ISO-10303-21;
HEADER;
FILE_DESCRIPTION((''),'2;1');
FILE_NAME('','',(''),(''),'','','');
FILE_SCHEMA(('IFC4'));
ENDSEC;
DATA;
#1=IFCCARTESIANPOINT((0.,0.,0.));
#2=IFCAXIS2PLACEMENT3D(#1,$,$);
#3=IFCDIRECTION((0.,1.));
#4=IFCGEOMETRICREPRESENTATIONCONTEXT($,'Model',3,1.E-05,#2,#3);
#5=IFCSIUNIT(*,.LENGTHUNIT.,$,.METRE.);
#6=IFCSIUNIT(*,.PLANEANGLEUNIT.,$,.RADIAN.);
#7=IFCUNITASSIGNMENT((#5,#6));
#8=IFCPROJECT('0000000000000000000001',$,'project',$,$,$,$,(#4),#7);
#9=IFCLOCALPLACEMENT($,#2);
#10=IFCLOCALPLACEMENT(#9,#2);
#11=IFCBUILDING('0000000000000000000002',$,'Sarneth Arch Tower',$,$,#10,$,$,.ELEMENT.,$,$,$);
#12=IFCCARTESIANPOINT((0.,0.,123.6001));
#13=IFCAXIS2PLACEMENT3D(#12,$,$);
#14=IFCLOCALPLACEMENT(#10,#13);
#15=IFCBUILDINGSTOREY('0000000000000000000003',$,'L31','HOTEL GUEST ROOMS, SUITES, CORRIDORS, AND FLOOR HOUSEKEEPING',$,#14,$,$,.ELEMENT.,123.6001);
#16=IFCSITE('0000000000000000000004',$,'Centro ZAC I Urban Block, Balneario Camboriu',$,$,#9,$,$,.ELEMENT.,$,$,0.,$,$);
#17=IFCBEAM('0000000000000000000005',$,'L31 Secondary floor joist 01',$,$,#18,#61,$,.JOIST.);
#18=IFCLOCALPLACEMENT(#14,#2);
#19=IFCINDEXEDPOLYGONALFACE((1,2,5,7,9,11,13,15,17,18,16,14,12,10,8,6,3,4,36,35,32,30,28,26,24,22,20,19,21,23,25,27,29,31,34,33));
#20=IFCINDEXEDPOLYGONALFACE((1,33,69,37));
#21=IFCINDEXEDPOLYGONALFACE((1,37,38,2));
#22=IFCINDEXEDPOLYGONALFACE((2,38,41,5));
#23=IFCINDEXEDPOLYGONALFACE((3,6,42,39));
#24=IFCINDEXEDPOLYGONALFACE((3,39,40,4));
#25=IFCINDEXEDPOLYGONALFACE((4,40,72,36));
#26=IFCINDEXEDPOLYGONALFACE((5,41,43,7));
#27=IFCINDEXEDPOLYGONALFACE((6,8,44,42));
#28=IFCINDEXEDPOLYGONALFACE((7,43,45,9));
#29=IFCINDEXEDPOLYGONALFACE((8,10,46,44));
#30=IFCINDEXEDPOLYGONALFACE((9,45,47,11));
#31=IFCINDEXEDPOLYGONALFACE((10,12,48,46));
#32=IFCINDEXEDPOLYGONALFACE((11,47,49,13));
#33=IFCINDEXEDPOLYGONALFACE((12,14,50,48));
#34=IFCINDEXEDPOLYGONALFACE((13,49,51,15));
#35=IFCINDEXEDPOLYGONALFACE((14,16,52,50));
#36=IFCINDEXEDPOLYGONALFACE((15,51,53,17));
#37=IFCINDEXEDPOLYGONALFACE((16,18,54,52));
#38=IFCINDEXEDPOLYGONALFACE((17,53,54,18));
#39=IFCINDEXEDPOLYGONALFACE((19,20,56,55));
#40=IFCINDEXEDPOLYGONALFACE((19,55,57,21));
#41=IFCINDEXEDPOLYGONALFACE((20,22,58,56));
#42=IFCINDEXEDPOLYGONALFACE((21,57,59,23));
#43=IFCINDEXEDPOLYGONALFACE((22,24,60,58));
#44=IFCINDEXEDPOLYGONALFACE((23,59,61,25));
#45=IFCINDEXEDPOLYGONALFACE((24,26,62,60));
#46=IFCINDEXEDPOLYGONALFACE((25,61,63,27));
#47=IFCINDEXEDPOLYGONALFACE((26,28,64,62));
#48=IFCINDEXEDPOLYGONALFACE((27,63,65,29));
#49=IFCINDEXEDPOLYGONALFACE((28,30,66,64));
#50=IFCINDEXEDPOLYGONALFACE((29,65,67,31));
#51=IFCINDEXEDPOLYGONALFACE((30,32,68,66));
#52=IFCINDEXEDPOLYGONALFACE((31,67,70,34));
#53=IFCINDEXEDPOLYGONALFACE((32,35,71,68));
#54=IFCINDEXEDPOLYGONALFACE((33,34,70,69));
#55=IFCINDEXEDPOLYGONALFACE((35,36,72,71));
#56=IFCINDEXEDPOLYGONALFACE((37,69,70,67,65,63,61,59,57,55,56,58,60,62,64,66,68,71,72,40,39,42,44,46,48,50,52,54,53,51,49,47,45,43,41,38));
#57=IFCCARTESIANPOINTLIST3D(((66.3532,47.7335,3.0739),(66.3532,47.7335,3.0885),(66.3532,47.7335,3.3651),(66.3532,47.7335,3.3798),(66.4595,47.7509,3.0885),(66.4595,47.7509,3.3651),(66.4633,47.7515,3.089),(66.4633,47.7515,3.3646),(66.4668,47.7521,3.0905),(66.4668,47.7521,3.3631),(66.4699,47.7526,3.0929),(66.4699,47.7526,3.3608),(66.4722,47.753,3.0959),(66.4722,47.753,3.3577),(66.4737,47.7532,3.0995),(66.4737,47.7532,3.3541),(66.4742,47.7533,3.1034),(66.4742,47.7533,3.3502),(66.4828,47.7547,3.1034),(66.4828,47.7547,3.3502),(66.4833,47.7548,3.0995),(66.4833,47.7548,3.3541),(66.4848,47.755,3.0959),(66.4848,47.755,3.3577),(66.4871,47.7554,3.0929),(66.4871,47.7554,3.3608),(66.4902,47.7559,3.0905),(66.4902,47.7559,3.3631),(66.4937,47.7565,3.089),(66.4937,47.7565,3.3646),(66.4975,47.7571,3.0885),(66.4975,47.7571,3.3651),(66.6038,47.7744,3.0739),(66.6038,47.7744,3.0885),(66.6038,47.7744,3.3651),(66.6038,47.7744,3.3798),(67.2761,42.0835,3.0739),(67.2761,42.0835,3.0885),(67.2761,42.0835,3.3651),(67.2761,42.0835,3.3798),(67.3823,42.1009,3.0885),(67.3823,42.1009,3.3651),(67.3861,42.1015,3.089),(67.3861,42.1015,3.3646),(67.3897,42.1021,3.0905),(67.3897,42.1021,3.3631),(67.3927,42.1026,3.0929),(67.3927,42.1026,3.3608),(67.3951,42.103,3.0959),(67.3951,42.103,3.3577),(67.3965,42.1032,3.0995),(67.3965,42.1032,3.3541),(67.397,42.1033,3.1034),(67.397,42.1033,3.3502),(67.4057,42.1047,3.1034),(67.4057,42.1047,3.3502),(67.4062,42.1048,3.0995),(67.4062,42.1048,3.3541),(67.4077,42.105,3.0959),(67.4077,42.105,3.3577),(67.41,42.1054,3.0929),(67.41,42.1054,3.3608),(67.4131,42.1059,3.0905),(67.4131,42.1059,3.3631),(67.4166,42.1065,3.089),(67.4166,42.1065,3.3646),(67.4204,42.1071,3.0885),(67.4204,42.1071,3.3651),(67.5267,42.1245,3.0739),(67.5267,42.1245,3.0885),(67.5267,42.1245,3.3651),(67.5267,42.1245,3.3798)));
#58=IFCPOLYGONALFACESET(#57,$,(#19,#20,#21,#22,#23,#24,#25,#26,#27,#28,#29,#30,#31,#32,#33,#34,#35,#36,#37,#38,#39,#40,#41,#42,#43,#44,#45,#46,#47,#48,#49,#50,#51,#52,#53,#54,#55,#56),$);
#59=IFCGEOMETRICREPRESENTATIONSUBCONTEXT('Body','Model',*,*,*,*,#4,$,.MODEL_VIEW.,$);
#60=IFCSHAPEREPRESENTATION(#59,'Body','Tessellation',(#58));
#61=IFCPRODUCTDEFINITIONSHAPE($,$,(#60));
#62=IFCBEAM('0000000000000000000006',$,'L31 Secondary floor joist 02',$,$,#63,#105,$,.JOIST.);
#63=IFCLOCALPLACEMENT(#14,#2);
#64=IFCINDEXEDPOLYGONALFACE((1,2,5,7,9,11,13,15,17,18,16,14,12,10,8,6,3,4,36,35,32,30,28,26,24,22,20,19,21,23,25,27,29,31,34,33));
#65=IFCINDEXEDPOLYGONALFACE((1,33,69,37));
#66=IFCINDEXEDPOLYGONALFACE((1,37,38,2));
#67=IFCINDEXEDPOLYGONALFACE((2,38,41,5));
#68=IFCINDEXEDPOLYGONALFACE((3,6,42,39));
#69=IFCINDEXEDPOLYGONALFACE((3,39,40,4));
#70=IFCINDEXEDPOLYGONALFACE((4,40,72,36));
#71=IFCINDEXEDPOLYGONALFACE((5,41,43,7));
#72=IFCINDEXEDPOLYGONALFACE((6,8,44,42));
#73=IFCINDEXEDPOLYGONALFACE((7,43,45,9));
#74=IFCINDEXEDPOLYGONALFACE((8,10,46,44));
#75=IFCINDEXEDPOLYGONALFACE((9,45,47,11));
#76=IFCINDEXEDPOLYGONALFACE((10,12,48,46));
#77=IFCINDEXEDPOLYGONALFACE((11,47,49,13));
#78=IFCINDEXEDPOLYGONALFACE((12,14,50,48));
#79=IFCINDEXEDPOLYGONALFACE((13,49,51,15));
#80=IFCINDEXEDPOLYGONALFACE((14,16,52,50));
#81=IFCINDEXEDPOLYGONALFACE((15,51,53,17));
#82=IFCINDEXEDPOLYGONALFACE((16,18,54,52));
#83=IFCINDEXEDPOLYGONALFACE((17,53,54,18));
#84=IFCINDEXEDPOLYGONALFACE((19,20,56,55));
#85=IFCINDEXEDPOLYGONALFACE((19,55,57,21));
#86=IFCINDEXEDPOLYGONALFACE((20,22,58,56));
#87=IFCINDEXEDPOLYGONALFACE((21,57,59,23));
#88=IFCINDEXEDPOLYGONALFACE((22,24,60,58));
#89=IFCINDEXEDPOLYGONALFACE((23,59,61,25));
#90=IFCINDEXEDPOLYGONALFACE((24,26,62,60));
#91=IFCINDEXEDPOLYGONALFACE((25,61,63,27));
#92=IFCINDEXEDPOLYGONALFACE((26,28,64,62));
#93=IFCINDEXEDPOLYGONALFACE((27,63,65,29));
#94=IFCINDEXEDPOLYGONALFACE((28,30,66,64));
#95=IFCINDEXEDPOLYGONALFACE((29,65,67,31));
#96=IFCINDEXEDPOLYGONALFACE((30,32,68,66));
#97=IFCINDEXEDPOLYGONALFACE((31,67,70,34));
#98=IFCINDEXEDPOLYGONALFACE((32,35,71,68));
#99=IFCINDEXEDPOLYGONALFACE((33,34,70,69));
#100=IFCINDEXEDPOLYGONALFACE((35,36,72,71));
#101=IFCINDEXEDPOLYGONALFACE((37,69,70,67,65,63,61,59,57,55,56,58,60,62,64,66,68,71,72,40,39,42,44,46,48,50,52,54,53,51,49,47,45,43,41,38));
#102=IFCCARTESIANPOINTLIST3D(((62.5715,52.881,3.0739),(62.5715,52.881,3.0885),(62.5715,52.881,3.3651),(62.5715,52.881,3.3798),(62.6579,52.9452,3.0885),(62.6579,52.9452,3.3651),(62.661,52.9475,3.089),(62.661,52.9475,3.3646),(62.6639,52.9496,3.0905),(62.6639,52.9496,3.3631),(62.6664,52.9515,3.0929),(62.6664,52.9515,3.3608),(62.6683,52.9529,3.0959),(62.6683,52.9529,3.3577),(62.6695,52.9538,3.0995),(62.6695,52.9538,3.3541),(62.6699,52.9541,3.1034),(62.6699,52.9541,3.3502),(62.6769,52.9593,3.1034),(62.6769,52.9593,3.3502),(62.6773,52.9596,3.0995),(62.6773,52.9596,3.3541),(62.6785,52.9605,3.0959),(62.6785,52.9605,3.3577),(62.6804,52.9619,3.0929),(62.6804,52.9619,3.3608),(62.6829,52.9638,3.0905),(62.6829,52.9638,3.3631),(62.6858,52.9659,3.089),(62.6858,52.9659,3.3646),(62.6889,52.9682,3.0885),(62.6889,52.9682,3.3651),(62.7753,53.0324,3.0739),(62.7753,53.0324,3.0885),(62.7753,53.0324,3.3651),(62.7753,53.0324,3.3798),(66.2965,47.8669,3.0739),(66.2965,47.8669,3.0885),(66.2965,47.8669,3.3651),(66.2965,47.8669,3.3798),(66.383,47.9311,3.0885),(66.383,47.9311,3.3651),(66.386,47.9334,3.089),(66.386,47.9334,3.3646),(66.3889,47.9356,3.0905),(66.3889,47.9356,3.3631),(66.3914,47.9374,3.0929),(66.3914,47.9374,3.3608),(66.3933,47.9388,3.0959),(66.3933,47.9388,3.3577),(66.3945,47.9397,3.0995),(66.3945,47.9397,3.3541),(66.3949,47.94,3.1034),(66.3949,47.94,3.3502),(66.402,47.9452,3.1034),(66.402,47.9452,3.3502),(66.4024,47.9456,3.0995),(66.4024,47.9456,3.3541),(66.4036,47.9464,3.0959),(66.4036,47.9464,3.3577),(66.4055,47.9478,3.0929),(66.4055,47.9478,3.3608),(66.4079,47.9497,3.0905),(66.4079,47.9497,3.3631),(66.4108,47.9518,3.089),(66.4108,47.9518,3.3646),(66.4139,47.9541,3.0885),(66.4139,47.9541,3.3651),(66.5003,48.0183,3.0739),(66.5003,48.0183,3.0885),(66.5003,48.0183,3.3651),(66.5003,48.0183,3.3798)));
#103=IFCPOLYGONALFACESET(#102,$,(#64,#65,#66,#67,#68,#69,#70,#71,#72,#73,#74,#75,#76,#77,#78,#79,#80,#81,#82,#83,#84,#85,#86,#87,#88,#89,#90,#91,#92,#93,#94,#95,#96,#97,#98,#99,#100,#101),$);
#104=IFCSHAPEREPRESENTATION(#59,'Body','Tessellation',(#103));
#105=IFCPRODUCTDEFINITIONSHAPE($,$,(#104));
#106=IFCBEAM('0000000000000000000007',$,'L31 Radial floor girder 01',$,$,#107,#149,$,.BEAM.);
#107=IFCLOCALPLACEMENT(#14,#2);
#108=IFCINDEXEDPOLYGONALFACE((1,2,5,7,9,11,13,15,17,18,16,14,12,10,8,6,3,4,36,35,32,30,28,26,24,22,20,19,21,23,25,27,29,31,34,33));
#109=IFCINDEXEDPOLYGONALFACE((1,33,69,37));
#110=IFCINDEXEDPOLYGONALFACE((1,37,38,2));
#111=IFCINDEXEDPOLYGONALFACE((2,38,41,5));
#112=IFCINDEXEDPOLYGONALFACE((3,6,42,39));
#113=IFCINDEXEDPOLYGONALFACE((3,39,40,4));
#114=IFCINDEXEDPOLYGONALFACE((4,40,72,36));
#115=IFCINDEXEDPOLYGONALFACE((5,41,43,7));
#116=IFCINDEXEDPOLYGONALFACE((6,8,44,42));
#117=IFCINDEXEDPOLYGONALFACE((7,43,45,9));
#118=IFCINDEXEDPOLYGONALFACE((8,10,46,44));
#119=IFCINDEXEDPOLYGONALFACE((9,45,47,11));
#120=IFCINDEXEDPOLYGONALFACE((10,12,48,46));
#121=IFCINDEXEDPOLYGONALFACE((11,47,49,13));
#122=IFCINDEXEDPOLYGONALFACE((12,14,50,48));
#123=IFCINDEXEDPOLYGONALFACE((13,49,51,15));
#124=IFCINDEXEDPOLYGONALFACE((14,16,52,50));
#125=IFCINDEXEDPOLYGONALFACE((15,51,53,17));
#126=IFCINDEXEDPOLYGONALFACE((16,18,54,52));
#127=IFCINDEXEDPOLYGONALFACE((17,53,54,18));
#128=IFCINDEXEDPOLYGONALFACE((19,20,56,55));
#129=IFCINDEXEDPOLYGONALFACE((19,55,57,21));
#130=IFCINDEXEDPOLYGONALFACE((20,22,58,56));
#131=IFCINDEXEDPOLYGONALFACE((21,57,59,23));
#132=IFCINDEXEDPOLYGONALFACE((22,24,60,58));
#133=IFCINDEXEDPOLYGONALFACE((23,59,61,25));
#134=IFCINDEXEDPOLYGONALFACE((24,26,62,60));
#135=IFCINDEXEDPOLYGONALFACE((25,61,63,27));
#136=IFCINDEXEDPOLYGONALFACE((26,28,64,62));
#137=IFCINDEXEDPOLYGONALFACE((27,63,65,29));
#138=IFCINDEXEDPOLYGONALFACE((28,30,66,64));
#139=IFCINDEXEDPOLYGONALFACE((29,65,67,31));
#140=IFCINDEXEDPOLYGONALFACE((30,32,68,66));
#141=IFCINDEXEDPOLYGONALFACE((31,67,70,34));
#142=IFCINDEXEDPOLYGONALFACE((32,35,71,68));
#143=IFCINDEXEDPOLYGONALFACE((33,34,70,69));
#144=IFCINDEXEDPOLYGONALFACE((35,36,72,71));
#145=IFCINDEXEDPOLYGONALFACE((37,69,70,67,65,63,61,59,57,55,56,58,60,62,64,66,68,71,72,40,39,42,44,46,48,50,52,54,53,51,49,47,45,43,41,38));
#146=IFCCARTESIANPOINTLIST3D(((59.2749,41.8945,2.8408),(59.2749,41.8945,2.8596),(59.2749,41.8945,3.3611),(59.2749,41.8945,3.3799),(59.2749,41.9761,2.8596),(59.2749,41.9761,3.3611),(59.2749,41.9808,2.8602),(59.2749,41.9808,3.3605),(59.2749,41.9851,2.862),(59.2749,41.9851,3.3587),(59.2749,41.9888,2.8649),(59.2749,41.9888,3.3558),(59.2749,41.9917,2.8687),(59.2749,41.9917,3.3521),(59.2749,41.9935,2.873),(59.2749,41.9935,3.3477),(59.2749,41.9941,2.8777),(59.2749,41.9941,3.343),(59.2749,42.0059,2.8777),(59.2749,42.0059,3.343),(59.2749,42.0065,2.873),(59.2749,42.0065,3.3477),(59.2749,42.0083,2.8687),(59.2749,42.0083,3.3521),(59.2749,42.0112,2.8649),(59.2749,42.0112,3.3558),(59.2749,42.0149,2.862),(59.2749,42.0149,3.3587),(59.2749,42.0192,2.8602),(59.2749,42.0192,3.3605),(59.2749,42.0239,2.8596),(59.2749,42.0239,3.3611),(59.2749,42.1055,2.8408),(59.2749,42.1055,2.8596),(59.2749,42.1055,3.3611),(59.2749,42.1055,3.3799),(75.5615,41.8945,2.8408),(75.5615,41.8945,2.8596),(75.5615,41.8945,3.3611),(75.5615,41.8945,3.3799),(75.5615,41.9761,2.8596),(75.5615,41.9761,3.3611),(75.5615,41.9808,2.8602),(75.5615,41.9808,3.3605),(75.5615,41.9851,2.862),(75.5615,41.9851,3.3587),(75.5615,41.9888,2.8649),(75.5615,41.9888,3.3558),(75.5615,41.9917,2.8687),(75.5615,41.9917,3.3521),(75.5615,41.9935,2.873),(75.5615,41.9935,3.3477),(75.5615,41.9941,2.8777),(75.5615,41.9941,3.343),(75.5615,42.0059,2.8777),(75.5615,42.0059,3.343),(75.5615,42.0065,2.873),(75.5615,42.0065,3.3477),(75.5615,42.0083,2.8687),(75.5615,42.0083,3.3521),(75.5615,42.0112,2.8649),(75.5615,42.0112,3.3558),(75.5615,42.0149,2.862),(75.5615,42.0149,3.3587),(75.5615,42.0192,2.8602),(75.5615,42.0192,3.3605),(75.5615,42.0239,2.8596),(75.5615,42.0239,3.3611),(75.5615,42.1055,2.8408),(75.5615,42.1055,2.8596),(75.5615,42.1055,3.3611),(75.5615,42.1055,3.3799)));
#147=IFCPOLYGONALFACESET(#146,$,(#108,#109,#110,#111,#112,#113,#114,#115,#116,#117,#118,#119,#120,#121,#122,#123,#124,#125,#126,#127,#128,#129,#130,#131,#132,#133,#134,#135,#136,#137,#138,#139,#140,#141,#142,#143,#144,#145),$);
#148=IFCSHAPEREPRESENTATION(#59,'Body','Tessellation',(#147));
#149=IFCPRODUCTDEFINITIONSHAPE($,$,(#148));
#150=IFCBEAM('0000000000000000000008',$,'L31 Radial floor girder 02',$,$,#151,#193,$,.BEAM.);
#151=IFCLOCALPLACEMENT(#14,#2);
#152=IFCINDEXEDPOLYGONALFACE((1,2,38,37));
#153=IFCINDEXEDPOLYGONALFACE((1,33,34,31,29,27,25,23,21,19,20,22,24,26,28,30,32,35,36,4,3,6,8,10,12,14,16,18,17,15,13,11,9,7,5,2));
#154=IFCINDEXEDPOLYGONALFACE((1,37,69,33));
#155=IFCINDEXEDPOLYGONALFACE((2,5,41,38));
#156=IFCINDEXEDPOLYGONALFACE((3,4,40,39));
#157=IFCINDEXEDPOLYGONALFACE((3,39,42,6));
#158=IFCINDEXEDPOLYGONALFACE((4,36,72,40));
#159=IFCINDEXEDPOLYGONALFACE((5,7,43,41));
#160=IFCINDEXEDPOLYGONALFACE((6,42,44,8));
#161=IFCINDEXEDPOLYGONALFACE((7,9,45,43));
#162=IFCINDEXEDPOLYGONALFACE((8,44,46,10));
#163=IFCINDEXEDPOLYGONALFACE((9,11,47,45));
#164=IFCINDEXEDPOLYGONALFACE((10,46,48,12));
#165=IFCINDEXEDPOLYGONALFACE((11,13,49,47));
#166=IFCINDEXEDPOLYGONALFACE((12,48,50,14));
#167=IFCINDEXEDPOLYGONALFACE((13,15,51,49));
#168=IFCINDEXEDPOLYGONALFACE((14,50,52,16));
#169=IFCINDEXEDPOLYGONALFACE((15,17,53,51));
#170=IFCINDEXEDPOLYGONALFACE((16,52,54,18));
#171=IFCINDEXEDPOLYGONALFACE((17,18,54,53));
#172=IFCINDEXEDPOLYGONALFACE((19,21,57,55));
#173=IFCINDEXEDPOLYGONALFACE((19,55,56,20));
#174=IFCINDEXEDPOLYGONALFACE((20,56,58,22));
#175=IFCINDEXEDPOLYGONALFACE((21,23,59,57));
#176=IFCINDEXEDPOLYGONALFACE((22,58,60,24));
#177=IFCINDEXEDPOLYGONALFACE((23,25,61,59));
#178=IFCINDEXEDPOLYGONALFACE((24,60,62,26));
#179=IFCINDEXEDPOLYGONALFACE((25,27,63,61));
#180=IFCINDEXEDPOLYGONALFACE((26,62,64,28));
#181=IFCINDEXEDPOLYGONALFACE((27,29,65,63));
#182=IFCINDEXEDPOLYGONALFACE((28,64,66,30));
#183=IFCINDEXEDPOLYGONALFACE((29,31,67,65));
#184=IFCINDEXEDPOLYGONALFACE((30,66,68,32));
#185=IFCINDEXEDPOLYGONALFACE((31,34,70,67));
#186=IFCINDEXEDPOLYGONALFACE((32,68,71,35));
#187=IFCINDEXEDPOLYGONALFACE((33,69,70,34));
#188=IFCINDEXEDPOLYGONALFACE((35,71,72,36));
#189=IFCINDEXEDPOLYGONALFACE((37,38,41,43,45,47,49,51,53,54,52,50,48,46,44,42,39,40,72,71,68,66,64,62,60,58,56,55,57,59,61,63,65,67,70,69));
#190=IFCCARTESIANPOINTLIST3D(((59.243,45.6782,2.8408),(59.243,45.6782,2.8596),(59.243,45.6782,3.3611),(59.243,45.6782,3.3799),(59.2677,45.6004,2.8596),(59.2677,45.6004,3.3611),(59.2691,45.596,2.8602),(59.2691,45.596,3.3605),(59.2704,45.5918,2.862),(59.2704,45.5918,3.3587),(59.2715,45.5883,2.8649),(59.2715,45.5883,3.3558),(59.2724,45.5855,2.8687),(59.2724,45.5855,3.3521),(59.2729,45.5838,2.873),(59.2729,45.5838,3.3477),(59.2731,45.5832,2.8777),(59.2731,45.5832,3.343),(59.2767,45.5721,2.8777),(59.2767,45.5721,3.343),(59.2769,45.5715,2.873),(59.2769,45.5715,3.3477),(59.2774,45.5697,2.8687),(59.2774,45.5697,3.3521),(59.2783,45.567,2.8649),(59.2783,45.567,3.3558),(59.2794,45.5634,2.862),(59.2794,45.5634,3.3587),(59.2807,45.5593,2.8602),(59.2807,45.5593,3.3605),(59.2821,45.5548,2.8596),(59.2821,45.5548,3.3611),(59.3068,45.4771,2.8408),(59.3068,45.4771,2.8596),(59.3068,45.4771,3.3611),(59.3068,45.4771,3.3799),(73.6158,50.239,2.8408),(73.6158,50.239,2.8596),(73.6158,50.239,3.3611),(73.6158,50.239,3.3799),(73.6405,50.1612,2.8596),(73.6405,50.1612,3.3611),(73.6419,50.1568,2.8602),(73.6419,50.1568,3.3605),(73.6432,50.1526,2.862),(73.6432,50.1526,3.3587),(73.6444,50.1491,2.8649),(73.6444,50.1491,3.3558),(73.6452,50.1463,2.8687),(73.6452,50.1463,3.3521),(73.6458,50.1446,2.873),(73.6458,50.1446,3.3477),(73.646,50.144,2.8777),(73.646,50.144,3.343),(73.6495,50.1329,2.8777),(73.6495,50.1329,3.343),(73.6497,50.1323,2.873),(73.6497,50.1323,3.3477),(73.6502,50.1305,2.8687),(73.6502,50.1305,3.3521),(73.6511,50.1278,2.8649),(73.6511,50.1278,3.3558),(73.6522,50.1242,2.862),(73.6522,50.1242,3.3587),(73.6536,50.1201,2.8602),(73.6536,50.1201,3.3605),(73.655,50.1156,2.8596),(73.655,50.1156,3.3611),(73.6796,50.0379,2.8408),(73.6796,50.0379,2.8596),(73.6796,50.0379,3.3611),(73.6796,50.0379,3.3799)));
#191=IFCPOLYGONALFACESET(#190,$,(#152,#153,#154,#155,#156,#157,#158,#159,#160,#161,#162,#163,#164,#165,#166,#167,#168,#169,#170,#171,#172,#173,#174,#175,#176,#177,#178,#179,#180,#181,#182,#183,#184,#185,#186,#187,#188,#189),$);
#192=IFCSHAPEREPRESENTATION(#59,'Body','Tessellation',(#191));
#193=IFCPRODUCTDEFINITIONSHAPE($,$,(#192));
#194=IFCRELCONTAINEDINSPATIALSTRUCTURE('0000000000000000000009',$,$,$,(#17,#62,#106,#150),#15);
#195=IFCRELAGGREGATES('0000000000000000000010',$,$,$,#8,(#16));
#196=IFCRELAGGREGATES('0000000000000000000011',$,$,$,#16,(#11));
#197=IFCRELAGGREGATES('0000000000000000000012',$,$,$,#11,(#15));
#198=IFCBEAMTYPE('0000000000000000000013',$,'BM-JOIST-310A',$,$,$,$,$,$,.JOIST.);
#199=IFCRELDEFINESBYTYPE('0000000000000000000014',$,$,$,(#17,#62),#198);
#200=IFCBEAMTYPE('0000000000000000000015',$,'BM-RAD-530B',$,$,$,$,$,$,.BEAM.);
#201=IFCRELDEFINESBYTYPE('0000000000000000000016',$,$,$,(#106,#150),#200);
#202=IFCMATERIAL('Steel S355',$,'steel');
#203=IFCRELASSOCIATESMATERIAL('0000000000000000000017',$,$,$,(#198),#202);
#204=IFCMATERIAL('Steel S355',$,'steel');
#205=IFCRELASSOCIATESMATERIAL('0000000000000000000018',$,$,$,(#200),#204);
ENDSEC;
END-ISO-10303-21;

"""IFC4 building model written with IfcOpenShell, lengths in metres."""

from ifc_helpers import new_model, si_unit, direction, frame, origin, origin_2d, place, context, subcontext, project, spatial, i_section, extrude, material, material_profile, profile_set, type_object, element, save


model = new_model("IFC4")

# Units and contexts
model_context = context("Model", 3, precision=1e-05, world=origin(), true_north=direction((0.0, 1.0)))
body_context = subcontext(model_context, "Body", "Model", "MODEL_VIEW")
ifc_project = project(units=[si_unit("LENGTHUNIT", "METRE"), si_unit("PLANEANGLEUNIT", "RADIAN")], contexts=[model_context])

# Site, building, storey
site_placement = place(None, origin())
site = spatial("IfcSite", under=ifc_project, at=site_placement, Name="Centro ZAC I Urban Block, Balneario Camboriu", CompositionType="ELEMENT", RefElevation=0.0)
building_placement = place(site_placement, origin())
building = spatial("IfcBuilding", under=site, at=building_placement, Name="Sarneth Arch Tower", CompositionType="ELEMENT")
storey_placement = place(building_placement, frame((0.0, 0.0, 123.6001)))
storey = spatial("IfcBuildingStorey", under=building, at=storey_placement, Name="L31", Description="HOTEL GUEST ROOMS, SUITES, CORRIDORS, AND FLOOR HOUSEKEEPING", CompositionType="ELEMENT", Elevation=123.6001)

# Beams
ifc_material_1 = material(Name="Steel S355", Category="steel")
ifc_material_profile_1 = material_profile(ifc_material_1, i_section(OverallWidth=0.2539, OverallDepth=0.3059, WebThickness=0.0088, FlangeThickness=0.0146, FilletRadius=0.0149, at=origin_2d()), Name="W310x79")
ifc_profile_set_1 = profile_set([ifc_material_profile_1], Name="Steel S355")
beam_type_1 = type_object("IfcBeamType", Name="BM-JOIST-310A", PredefinedType="JOIST", material=ifc_profile_set_1)
beam_1_placement = place(storey_placement, frame((67.4014, 42.104, 3.2268), z_axis=(-0.161203, 0.986921, 0.0), x_axis=(-0.986921, -0.161203, 0.0)))
element("IfcBeam", 1, at=beam_1_placement, inside=storey, type_object=beam_type_1, Name="L31 Secondary floor joist 01", PredefinedType="JOIST", context=body_context, shape_type="SweptSolid", body=[
    extrude(i_section(OverallWidth=0.2539, OverallDepth=0.3059, WebThickness=0.0088, FlangeThickness=0.0146, FilletRadius=0.0149, at=origin_2d()), origin(), (0.0, 0.0, 1.0), 5.7249),
])
beam_2_placement = place(storey_placement, frame((66.3984, 47.9426, 3.2268), z_axis=(-0.596354, 0.802721, 0.0), x_axis=(-0.802721, -0.596354, 0.0)))
element("IfcBeam", 2, at=beam_2_placement, inside=storey, type_object=beam_type_1, Name="L31 Secondary floor joist 02", PredefinedType="JOIST", context=body_context, shape_type="SweptSolid", body=[
    extrude(i_section(OverallWidth=0.2539, OverallDepth=0.3059, WebThickness=0.0088, FlangeThickness=0.0146, FilletRadius=0.0149, at=origin_2d()), origin(), (0.0, 0.0, 1.0), 6.2463),
])
ifc_material_2 = material(Name="Steel S355", Category="steel")
ifc_material_profile_2 = material_profile(ifc_material_2, i_section(OverallWidth=0.2109, OverallDepth=0.5391, WebThickness=0.0117, FlangeThickness=0.0188, FilletRadius=0.0181, at=origin_2d()), Name="W530x109")
ifc_profile_set_2 = profile_set([ifc_material_profile_2], Name="Steel S355")
beam_type_2 = type_object("IfcBeamType", Name="BM-RAD-530B", PredefinedType="BEAM", material=ifc_profile_set_2)
beam_3_placement = place(storey_placement, frame((59.2749, 42.0, 3.1104), z_axis=(1.0, 0.0, 0.0), x_axis=(0.0, 1.0, 0.0)))
element("IfcBeam", 3, at=beam_3_placement, inside=storey, type_object=beam_type_2, Name="L31 Radial floor girder 01", PredefinedType="BEAM", context=body_context, shape_type="SweptSolid", body=[
    extrude(i_section(OverallWidth=0.2109, OverallDepth=0.5391, WebThickness=0.0117, FlangeThickness=0.0188, FilletRadius=0.0181, at=origin_2d()), origin(), (0.0, 0.0, 1.0), 16.2866),
])
beam_4_placement = place(storey_placement, frame((59.2749, 45.5776, 3.1104), z_axis=(0.953163, 0.302458, 0.0), x_axis=(-0.302458, 0.953163, 0.0)))
element("IfcBeam", 4, at=beam_4_placement, inside=storey, type_object=beam_type_2, Name="L31 Radial floor girder 02", PredefinedType="BEAM", context=body_context, shape_type="SweptSolid", body=[
    extrude(i_section(OverallWidth=0.2109, OverallDepth=0.5391, WebThickness=0.0117, FlangeThickness=0.0188, FilletRadius=0.0181, at=origin_2d()), origin(), (0.0, 0.0, 1.0), 15.0791),
])

save(model, "model.ifc")
